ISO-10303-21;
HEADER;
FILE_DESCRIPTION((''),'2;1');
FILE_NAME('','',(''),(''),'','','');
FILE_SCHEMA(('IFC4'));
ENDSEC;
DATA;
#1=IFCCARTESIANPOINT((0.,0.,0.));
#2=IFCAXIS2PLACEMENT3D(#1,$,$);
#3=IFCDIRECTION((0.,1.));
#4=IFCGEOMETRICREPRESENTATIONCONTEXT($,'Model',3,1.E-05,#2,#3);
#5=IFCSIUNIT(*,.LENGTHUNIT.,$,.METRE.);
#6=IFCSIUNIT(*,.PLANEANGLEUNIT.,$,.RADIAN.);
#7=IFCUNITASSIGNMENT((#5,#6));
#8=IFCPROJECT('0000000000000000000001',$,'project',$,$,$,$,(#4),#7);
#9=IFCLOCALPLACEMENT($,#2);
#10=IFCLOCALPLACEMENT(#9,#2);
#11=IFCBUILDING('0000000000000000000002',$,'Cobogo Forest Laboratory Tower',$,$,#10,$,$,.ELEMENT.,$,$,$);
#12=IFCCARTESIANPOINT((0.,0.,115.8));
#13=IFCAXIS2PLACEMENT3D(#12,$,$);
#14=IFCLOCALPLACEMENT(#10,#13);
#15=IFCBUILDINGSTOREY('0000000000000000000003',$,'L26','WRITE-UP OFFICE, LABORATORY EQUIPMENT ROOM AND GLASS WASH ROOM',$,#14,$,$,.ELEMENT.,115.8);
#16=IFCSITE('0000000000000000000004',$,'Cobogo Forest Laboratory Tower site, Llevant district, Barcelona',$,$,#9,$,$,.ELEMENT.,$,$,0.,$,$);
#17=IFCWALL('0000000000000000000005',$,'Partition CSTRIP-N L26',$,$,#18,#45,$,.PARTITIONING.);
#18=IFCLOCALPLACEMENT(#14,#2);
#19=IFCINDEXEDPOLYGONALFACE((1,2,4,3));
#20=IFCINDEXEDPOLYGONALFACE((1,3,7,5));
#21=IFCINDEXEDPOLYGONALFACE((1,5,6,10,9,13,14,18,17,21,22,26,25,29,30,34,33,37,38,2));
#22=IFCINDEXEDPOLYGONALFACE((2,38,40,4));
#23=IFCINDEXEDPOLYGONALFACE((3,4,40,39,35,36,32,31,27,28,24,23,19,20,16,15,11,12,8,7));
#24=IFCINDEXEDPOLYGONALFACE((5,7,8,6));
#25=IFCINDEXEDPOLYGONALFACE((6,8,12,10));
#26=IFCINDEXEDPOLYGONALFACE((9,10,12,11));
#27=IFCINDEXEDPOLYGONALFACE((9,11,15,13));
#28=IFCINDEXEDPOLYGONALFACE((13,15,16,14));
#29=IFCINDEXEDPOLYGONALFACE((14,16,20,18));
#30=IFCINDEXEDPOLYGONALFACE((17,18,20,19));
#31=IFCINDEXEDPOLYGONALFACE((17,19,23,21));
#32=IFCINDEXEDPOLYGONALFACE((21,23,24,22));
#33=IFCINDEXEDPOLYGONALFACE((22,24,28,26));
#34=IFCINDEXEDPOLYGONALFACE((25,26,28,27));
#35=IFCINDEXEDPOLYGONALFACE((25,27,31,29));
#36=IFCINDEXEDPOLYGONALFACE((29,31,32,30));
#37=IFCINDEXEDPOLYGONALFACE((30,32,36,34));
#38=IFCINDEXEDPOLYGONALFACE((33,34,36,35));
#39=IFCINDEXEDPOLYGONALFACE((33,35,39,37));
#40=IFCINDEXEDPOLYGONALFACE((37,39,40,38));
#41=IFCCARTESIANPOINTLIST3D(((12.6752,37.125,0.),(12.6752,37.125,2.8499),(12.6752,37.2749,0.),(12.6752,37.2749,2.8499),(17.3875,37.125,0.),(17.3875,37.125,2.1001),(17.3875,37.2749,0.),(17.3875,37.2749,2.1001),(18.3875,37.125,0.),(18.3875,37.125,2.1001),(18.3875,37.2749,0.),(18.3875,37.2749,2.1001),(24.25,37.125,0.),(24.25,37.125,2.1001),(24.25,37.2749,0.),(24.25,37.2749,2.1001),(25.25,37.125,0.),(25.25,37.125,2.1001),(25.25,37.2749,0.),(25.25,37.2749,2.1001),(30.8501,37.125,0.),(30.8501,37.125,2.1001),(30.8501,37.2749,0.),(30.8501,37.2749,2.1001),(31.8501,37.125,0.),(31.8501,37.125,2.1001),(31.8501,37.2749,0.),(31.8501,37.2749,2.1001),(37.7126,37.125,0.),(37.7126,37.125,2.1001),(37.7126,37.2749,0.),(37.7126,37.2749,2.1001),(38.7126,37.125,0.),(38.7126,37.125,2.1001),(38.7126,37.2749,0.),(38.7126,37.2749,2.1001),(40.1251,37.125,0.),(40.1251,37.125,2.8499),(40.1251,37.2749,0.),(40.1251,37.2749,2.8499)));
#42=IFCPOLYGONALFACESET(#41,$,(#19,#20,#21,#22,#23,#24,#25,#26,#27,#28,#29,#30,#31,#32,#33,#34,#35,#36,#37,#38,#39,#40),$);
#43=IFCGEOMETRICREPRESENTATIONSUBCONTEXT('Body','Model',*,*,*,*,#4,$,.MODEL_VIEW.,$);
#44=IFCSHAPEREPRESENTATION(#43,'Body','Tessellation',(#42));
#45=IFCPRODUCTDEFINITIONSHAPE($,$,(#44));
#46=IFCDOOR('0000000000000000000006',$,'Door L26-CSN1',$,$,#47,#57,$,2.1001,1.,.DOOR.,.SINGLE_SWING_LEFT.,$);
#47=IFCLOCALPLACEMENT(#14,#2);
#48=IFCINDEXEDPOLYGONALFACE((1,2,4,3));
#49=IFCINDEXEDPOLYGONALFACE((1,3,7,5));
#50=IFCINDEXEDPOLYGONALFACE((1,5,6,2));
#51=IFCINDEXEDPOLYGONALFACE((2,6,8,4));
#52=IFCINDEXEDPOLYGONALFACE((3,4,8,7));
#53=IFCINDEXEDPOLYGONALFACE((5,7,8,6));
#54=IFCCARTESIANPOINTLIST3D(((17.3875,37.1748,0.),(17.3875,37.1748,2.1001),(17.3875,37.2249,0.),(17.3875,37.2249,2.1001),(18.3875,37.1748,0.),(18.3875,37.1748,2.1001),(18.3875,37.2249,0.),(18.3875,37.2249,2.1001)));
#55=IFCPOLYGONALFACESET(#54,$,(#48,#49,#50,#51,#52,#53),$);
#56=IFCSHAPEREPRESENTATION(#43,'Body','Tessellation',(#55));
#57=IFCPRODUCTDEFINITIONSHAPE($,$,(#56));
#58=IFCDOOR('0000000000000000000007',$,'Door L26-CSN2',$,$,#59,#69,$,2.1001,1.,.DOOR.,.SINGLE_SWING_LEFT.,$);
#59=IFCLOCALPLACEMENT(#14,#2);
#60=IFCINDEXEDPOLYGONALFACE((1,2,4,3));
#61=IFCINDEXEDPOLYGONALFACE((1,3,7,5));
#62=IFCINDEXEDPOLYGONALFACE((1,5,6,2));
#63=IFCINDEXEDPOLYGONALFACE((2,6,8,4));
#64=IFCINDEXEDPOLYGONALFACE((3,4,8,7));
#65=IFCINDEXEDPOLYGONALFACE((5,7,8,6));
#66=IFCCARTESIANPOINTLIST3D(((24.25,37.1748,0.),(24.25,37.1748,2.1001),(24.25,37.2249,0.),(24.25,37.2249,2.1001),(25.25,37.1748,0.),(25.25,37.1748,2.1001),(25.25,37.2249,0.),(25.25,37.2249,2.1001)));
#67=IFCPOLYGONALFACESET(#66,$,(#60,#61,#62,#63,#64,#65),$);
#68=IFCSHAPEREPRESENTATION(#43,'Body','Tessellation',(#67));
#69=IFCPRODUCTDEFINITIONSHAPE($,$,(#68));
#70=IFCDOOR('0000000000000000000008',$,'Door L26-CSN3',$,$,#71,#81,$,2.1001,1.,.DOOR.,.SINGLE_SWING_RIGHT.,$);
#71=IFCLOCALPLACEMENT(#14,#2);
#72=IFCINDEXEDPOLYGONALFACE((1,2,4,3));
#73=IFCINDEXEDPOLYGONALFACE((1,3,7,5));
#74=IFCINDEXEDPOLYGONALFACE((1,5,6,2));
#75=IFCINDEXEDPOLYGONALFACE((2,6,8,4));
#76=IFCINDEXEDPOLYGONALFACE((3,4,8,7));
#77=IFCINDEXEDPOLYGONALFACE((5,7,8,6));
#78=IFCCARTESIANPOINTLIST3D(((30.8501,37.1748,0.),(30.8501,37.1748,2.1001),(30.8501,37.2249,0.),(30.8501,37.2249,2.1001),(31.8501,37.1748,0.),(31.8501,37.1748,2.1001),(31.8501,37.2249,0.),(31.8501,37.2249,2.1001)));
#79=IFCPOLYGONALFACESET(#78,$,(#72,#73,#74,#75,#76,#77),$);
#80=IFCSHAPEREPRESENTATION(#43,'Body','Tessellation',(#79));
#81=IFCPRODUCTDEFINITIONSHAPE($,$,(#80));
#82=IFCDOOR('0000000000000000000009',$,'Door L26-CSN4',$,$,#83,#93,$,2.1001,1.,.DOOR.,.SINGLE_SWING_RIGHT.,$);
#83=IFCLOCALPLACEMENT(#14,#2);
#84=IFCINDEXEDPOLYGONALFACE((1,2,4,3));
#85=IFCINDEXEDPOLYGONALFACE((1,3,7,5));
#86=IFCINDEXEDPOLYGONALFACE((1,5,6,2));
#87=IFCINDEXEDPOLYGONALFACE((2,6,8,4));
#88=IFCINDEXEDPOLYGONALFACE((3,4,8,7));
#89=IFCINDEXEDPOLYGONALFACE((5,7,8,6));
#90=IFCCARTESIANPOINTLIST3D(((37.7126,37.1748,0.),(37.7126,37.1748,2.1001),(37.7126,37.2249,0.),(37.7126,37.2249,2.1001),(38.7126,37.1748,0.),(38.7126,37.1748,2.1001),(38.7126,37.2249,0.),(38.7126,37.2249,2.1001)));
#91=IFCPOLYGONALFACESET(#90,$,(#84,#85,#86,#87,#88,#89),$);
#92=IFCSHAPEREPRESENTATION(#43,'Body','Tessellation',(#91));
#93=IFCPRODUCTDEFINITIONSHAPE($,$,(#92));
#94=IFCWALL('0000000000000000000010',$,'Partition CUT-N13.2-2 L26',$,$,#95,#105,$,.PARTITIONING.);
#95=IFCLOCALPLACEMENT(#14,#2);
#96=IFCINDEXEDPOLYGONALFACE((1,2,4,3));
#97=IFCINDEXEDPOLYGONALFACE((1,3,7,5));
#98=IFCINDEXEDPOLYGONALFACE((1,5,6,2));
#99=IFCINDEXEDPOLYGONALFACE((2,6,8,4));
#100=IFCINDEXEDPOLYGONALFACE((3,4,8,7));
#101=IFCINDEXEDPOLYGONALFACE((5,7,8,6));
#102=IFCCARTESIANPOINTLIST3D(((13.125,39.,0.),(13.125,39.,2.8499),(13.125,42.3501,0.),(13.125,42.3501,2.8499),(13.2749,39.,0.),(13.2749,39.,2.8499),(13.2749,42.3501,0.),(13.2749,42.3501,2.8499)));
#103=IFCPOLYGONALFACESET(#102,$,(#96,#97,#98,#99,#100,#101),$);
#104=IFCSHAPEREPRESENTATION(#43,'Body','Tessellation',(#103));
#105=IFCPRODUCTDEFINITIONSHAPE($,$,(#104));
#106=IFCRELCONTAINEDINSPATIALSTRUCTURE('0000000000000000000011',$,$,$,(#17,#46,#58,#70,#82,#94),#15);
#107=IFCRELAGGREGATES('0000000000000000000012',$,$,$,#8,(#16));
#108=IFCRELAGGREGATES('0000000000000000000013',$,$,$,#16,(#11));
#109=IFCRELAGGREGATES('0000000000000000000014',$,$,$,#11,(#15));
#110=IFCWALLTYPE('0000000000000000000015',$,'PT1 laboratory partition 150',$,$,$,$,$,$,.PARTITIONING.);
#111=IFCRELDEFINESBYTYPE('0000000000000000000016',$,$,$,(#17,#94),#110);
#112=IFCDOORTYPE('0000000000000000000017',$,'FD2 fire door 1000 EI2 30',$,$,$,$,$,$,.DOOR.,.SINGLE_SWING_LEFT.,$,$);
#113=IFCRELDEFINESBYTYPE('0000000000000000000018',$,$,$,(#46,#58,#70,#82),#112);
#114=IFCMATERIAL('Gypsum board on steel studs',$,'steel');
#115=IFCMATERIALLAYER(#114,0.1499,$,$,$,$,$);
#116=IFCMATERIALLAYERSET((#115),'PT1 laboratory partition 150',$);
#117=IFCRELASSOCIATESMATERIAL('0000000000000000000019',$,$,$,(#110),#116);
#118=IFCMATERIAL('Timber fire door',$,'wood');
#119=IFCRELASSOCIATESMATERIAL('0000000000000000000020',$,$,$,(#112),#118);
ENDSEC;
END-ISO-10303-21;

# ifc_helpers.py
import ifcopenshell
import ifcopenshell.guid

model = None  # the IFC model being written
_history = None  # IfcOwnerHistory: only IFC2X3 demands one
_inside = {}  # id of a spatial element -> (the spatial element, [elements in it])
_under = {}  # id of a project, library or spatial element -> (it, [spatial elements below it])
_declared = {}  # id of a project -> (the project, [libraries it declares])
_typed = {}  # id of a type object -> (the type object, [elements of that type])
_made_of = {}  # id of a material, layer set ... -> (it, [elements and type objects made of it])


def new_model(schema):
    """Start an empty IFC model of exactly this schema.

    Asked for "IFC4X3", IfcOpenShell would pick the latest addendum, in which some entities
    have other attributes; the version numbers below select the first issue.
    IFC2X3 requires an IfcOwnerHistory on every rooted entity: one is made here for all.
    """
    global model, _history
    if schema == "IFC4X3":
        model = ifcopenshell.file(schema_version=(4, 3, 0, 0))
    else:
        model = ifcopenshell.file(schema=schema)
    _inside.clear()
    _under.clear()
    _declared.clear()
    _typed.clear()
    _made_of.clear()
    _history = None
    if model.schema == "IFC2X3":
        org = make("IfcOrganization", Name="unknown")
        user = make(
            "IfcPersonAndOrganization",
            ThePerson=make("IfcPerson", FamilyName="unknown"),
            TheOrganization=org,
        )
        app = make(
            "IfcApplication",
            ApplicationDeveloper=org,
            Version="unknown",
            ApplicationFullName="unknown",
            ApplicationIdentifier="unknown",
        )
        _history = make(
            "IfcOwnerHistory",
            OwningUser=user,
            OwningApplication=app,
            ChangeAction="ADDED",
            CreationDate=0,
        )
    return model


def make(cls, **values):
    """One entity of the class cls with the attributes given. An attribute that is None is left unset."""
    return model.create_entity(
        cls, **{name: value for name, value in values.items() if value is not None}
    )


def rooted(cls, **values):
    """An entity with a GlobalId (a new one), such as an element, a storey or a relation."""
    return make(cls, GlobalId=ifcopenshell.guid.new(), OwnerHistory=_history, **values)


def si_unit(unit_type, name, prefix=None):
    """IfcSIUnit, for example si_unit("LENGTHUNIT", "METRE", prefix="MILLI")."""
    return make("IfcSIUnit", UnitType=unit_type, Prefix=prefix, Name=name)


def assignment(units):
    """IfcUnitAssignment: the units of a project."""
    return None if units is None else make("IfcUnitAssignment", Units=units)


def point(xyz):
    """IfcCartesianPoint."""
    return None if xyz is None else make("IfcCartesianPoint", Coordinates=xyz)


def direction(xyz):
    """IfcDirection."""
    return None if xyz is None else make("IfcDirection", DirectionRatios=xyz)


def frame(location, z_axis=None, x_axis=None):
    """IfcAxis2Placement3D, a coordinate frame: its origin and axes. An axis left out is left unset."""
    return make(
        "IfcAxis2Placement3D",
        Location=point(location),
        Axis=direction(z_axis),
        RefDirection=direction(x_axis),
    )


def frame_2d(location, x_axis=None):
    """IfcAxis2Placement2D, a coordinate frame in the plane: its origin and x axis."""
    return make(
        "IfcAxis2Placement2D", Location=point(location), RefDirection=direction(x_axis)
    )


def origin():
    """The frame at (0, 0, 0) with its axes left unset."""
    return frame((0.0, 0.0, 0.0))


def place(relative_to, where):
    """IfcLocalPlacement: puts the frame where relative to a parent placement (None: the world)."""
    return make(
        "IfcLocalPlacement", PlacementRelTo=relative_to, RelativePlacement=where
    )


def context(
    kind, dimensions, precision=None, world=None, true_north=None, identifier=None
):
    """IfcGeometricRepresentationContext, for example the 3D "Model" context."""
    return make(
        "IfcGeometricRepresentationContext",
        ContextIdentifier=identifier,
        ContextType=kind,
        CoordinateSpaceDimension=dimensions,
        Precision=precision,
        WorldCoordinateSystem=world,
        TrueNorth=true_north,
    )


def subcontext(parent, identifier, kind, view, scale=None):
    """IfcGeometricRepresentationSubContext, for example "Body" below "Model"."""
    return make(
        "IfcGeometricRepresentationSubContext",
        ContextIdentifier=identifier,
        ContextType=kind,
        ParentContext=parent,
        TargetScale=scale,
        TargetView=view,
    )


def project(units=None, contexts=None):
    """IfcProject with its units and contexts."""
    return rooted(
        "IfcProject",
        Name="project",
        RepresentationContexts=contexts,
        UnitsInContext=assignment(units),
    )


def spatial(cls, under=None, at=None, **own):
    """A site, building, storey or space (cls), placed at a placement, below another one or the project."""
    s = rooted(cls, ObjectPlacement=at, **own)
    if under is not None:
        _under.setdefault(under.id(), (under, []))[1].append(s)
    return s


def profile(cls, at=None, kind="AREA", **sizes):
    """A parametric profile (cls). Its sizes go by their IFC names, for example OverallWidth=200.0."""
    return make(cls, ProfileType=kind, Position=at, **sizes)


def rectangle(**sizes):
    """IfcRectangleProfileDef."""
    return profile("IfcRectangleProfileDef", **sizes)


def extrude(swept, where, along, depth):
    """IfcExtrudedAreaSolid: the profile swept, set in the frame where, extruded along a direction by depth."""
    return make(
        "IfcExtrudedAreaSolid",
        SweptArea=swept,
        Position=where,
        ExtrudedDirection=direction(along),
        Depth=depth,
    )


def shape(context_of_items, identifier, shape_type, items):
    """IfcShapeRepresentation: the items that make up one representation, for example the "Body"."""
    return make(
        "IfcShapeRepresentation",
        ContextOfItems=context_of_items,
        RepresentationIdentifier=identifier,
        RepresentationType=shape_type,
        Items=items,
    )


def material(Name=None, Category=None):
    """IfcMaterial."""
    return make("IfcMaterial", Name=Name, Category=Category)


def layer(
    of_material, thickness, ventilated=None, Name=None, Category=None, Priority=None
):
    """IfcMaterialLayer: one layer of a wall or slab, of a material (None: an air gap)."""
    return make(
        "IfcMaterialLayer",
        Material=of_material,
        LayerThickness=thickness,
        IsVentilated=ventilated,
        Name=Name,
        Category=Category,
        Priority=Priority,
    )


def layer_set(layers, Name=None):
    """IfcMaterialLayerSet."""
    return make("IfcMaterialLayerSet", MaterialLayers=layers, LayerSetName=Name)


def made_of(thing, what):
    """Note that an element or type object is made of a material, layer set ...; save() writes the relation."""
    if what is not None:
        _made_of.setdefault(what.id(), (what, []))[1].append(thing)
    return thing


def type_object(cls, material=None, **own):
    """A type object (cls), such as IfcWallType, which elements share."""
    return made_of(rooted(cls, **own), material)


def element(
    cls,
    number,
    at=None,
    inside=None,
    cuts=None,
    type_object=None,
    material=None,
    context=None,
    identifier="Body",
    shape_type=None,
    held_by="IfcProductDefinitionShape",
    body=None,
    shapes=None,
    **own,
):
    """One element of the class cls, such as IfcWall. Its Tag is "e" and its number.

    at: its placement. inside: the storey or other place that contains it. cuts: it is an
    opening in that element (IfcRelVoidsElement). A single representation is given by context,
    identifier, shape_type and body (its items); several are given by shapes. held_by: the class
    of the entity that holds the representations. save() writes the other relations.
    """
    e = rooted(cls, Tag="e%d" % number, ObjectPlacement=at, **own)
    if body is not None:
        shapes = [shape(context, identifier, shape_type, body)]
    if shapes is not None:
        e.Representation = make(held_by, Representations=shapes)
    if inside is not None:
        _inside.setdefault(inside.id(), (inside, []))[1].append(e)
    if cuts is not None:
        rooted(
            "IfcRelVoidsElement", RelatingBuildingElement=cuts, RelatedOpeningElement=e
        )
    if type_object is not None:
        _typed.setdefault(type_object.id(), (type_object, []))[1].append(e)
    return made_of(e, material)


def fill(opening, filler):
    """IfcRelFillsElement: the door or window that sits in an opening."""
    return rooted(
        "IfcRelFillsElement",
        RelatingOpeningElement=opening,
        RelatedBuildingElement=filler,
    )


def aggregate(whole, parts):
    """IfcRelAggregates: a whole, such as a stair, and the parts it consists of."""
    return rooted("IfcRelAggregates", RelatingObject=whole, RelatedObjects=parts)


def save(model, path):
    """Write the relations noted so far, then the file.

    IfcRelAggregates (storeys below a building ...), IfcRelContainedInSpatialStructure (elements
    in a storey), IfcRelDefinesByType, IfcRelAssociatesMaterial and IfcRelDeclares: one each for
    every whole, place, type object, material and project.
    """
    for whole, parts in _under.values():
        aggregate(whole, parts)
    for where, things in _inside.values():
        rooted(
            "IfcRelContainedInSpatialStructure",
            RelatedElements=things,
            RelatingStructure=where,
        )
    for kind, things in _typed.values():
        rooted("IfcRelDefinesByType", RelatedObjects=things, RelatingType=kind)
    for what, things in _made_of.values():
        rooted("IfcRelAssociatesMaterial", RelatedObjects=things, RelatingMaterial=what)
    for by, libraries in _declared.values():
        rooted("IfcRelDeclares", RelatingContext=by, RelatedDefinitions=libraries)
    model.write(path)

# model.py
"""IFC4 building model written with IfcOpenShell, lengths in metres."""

from ifc_helpers import new_model, si_unit, direction, frame, frame_2d, origin, place, context, subcontext, project, spatial, rectangle, extrude, material, layer, layer_set, type_object, element, fill, save


model = new_model("IFC4")

# Units and contexts
model_context = context("Model", 3, precision=1e-05, world=origin(), true_north=direction((0.0, 1.0)))
body_context = subcontext(model_context, "Body", "Model", "MODEL_VIEW")
ifc_project = project(units=[si_unit("LENGTHUNIT", "METRE"), si_unit("PLANEANGLEUNIT", "RADIAN")], contexts=[model_context])

# Site, building, storey
site_placement = place(None, origin())
site = spatial("IfcSite", under=ifc_project, at=site_placement, Name="Cobogo Forest Laboratory Tower site, Llevant district, Barcelona", CompositionType="ELEMENT", RefElevation=0.0)
building_placement = place(site_placement, origin())
building = spatial("IfcBuilding", under=site, at=building_placement, Name="Cobogo Forest Laboratory Tower", CompositionType="ELEMENT")
storey_placement = place(building_placement, frame((0.0, 0.0, 115.8)))
storey = spatial("IfcBuildingStorey", under=building, at=storey_placement, Name="L26", Description="WRITE-UP OFFICE, LABORATORY EQUIPMENT ROOM AND GLASS WASH ROOM", CompositionType="ELEMENT", Elevation=115.8)

# Wall, openings, doors
ifc_material_1 = material(Name="Gypsum board on steel studs", Category="steel")
ifc_layer_1 = layer(ifc_material_1, 0.1499)
ifc_layer_set_1 = layer_set([ifc_layer_1], Name="PT1 laboratory partition 150")
wall_type_1 = type_object("IfcWallType", Name="PT1 laboratory partition 150", PredefinedType="PARTITIONING", material=ifc_layer_set_1)
wall_1_placement = place(storey_placement, frame((12.675, 37.2, 0.0), z_axis=(0.0, 0.0, 1.0), x_axis=(1.0, 0.0, 0.0)))
wall_1 = element("IfcWall", 1, at=wall_1_placement, inside=storey, type_object=wall_type_1, Name="Partition CSTRIP-N L26", PredefinedType="PARTITIONING", context=body_context, shape_type="SweptSolid", body=[
    extrude(rectangle(XDim=27.45, YDim=0.1499, at=frame_2d((13.7251, 0.0))), origin(), (0.0, 0.0, 1.0), 2.8499),
])
opening_1_placement = place(wall_1_placement, frame((4.7124, 0.0, 0.0)))
opening_1 = element("IfcOpeningElement", 2, at=opening_1_placement, cuts=wall_1, PredefinedType="OPENING", context=body_context, shape_type="SweptSolid", body=[
    extrude(rectangle(XDim=1.0, YDim=2.1001, at=frame_2d((0.5, 1.05))), frame((0.0, 0.085, 0.0), z_axis=(0.0, -1.0, 0.0), x_axis=(1.0, 0.0, 0.0)), (0.0, 0.0, 1.0), 0.1699),
])
opening_2_placement = place(wall_1_placement, frame((11.575, 0.0, 0.0)))
opening_2 = element("IfcOpeningElement", 3, at=opening_2_placement, cuts=wall_1, PredefinedType="OPENING", context=body_context, shape_type="SweptSolid", body=[
    extrude(rectangle(XDim=1.0, YDim=2.1001, at=frame_2d((0.5, 1.05))), frame((0.0, 0.085, 0.0), z_axis=(0.0, -1.0, 0.0), x_axis=(1.0, 0.0, 0.0)), (0.0, 0.0, 1.0), 0.1699),
])
opening_3_placement = place(wall_1_placement, frame((18.175, 0.0, 0.0)))
opening_3 = element("IfcOpeningElement", 4, at=opening_3_placement, cuts=wall_1, PredefinedType="OPENING", context=body_context, shape_type="SweptSolid", body=[
    extrude(rectangle(XDim=1.0, YDim=2.1001, at=frame_2d((0.5, 1.05))), frame((0.0, 0.085, 0.0), z_axis=(0.0, -1.0, 0.0), x_axis=(1.0, 0.0, 0.0)), (0.0, 0.0, 1.0), 0.1699),
])
opening_4_placement = place(wall_1_placement, frame((25.0376, 0.0, 0.0)))
opening_4 = element("IfcOpeningElement", 5, at=opening_4_placement, cuts=wall_1, PredefinedType="OPENING", context=body_context, shape_type="SweptSolid", body=[
    extrude(rectangle(XDim=1.0, YDim=2.1001, at=frame_2d((0.5, 1.05))), frame((0.0, 0.085, 0.0), z_axis=(0.0, -1.0, 0.0), x_axis=(1.0, 0.0, 0.0)), (0.0, 0.0, 1.0), 0.1699),
])
ifc_material_2 = material(Name="Timber fire door", Category="wood")
door_type_1 = type_object("IfcDoorType", Name="FD2 fire door 1000 EI2 30", OperationType="SINGLE_SWING_LEFT", PredefinedType="DOOR", material=ifc_material_2)
door_1_placement = place(opening_1_placement, origin())
door_1 = element("IfcDoor", 6, at=door_1_placement, inside=storey, type_object=door_type_1, Name="Door L26-CSN1", OperationType="SINGLE_SWING_LEFT", OverallHeight=2.1001, OverallWidth=1.0, PredefinedType="DOOR", context=body_context, shape_type="SweptSolid", body=[
    extrude(rectangle(XDim=1.0, YDim=2.1001, at=frame_2d((0.5, 1.05))), frame((0.0, 0.0249, 0.0), z_axis=(0.0, -1.0, 0.0), x_axis=(1.0, 0.0, 0.0)), (0.0, 0.0, 1.0), 0.05),
])
fill(opening_1, door_1)
door_2_placement = place(opening_2_placement, origin())
door_2 = element("IfcDoor", 7, at=door_2_placement, inside=storey, type_object=door_type_1, Name="Door L26-CSN2", OperationType="SINGLE_SWING_LEFT", OverallHeight=2.1001, OverallWidth=1.0, PredefinedType="DOOR", context=body_context, shape_type="SweptSolid", body=[
    extrude(rectangle(XDim=1.0, YDim=2.1001, at=frame_2d((0.5, 1.05))), frame((0.0, 0.0249, 0.0), z_axis=(0.0, -1.0, 0.0), x_axis=(1.0, 0.0, 0.0)), (0.0, 0.0, 1.0), 0.05),
])
fill(opening_2, door_2)
door_3_placement = place(opening_3_placement, origin())
door_3 = element("IfcDoor", 8, at=door_3_placement, inside=storey, type_object=door_type_1, Name="Door L26-CSN3", OperationType="SINGLE_SWING_RIGHT", OverallHeight=2.1001, OverallWidth=1.0, PredefinedType="DOOR", context=body_context, shape_type="SweptSolid", body=[
    extrude(rectangle(XDim=1.0, YDim=2.1001, at=frame_2d((0.5, 1.05))), frame((0.0, 0.0249, 0.0), z_axis=(0.0, -1.0, 0.0), x_axis=(1.0, 0.0, 0.0)), (0.0, 0.0, 1.0), 0.05),
])
fill(opening_3, door_3)
door_4_placement = place(opening_4_placement, origin())
door_4 = element("IfcDoor", 9, at=door_4_placement, inside=storey, type_object=door_type_1, Name="Door L26-CSN4", OperationType="SINGLE_SWING_RIGHT", OverallHeight=2.1001, OverallWidth=1.0, PredefinedType="DOOR", context=body_context, shape_type="SweptSolid", body=[
    extrude(rectangle(XDim=1.0, YDim=2.1001, at=frame_2d((0.5, 1.05))), frame((0.0, 0.0249, 0.0), z_axis=(0.0, -1.0, 0.0), x_axis=(1.0, 0.0, 0.0)), (0.0, 0.0, 1.0), 0.05),
])
fill(opening_4, door_4)

# Wall
wall_2_placement = place(storey_placement, frame((13.2, 42.3501, 0.0), z_axis=(0.0, 0.0, 1.0), x_axis=(0.0, -1.0, 0.0)))
element("IfcWall", 10, at=wall_2_placement, inside=storey, type_object=wall_type_1, Name="Partition CUT-N13.2-2 L26", PredefinedType="PARTITIONING", context=body_context, shape_type="SweptSolid", body=[
    extrude(rectangle(XDim=3.3501, YDim=0.1499, at=frame_2d((1.675, 0.0))), origin(), (0.0, 0.0, 1.0), 2.8499),
])

save(model, "model.ifc")
